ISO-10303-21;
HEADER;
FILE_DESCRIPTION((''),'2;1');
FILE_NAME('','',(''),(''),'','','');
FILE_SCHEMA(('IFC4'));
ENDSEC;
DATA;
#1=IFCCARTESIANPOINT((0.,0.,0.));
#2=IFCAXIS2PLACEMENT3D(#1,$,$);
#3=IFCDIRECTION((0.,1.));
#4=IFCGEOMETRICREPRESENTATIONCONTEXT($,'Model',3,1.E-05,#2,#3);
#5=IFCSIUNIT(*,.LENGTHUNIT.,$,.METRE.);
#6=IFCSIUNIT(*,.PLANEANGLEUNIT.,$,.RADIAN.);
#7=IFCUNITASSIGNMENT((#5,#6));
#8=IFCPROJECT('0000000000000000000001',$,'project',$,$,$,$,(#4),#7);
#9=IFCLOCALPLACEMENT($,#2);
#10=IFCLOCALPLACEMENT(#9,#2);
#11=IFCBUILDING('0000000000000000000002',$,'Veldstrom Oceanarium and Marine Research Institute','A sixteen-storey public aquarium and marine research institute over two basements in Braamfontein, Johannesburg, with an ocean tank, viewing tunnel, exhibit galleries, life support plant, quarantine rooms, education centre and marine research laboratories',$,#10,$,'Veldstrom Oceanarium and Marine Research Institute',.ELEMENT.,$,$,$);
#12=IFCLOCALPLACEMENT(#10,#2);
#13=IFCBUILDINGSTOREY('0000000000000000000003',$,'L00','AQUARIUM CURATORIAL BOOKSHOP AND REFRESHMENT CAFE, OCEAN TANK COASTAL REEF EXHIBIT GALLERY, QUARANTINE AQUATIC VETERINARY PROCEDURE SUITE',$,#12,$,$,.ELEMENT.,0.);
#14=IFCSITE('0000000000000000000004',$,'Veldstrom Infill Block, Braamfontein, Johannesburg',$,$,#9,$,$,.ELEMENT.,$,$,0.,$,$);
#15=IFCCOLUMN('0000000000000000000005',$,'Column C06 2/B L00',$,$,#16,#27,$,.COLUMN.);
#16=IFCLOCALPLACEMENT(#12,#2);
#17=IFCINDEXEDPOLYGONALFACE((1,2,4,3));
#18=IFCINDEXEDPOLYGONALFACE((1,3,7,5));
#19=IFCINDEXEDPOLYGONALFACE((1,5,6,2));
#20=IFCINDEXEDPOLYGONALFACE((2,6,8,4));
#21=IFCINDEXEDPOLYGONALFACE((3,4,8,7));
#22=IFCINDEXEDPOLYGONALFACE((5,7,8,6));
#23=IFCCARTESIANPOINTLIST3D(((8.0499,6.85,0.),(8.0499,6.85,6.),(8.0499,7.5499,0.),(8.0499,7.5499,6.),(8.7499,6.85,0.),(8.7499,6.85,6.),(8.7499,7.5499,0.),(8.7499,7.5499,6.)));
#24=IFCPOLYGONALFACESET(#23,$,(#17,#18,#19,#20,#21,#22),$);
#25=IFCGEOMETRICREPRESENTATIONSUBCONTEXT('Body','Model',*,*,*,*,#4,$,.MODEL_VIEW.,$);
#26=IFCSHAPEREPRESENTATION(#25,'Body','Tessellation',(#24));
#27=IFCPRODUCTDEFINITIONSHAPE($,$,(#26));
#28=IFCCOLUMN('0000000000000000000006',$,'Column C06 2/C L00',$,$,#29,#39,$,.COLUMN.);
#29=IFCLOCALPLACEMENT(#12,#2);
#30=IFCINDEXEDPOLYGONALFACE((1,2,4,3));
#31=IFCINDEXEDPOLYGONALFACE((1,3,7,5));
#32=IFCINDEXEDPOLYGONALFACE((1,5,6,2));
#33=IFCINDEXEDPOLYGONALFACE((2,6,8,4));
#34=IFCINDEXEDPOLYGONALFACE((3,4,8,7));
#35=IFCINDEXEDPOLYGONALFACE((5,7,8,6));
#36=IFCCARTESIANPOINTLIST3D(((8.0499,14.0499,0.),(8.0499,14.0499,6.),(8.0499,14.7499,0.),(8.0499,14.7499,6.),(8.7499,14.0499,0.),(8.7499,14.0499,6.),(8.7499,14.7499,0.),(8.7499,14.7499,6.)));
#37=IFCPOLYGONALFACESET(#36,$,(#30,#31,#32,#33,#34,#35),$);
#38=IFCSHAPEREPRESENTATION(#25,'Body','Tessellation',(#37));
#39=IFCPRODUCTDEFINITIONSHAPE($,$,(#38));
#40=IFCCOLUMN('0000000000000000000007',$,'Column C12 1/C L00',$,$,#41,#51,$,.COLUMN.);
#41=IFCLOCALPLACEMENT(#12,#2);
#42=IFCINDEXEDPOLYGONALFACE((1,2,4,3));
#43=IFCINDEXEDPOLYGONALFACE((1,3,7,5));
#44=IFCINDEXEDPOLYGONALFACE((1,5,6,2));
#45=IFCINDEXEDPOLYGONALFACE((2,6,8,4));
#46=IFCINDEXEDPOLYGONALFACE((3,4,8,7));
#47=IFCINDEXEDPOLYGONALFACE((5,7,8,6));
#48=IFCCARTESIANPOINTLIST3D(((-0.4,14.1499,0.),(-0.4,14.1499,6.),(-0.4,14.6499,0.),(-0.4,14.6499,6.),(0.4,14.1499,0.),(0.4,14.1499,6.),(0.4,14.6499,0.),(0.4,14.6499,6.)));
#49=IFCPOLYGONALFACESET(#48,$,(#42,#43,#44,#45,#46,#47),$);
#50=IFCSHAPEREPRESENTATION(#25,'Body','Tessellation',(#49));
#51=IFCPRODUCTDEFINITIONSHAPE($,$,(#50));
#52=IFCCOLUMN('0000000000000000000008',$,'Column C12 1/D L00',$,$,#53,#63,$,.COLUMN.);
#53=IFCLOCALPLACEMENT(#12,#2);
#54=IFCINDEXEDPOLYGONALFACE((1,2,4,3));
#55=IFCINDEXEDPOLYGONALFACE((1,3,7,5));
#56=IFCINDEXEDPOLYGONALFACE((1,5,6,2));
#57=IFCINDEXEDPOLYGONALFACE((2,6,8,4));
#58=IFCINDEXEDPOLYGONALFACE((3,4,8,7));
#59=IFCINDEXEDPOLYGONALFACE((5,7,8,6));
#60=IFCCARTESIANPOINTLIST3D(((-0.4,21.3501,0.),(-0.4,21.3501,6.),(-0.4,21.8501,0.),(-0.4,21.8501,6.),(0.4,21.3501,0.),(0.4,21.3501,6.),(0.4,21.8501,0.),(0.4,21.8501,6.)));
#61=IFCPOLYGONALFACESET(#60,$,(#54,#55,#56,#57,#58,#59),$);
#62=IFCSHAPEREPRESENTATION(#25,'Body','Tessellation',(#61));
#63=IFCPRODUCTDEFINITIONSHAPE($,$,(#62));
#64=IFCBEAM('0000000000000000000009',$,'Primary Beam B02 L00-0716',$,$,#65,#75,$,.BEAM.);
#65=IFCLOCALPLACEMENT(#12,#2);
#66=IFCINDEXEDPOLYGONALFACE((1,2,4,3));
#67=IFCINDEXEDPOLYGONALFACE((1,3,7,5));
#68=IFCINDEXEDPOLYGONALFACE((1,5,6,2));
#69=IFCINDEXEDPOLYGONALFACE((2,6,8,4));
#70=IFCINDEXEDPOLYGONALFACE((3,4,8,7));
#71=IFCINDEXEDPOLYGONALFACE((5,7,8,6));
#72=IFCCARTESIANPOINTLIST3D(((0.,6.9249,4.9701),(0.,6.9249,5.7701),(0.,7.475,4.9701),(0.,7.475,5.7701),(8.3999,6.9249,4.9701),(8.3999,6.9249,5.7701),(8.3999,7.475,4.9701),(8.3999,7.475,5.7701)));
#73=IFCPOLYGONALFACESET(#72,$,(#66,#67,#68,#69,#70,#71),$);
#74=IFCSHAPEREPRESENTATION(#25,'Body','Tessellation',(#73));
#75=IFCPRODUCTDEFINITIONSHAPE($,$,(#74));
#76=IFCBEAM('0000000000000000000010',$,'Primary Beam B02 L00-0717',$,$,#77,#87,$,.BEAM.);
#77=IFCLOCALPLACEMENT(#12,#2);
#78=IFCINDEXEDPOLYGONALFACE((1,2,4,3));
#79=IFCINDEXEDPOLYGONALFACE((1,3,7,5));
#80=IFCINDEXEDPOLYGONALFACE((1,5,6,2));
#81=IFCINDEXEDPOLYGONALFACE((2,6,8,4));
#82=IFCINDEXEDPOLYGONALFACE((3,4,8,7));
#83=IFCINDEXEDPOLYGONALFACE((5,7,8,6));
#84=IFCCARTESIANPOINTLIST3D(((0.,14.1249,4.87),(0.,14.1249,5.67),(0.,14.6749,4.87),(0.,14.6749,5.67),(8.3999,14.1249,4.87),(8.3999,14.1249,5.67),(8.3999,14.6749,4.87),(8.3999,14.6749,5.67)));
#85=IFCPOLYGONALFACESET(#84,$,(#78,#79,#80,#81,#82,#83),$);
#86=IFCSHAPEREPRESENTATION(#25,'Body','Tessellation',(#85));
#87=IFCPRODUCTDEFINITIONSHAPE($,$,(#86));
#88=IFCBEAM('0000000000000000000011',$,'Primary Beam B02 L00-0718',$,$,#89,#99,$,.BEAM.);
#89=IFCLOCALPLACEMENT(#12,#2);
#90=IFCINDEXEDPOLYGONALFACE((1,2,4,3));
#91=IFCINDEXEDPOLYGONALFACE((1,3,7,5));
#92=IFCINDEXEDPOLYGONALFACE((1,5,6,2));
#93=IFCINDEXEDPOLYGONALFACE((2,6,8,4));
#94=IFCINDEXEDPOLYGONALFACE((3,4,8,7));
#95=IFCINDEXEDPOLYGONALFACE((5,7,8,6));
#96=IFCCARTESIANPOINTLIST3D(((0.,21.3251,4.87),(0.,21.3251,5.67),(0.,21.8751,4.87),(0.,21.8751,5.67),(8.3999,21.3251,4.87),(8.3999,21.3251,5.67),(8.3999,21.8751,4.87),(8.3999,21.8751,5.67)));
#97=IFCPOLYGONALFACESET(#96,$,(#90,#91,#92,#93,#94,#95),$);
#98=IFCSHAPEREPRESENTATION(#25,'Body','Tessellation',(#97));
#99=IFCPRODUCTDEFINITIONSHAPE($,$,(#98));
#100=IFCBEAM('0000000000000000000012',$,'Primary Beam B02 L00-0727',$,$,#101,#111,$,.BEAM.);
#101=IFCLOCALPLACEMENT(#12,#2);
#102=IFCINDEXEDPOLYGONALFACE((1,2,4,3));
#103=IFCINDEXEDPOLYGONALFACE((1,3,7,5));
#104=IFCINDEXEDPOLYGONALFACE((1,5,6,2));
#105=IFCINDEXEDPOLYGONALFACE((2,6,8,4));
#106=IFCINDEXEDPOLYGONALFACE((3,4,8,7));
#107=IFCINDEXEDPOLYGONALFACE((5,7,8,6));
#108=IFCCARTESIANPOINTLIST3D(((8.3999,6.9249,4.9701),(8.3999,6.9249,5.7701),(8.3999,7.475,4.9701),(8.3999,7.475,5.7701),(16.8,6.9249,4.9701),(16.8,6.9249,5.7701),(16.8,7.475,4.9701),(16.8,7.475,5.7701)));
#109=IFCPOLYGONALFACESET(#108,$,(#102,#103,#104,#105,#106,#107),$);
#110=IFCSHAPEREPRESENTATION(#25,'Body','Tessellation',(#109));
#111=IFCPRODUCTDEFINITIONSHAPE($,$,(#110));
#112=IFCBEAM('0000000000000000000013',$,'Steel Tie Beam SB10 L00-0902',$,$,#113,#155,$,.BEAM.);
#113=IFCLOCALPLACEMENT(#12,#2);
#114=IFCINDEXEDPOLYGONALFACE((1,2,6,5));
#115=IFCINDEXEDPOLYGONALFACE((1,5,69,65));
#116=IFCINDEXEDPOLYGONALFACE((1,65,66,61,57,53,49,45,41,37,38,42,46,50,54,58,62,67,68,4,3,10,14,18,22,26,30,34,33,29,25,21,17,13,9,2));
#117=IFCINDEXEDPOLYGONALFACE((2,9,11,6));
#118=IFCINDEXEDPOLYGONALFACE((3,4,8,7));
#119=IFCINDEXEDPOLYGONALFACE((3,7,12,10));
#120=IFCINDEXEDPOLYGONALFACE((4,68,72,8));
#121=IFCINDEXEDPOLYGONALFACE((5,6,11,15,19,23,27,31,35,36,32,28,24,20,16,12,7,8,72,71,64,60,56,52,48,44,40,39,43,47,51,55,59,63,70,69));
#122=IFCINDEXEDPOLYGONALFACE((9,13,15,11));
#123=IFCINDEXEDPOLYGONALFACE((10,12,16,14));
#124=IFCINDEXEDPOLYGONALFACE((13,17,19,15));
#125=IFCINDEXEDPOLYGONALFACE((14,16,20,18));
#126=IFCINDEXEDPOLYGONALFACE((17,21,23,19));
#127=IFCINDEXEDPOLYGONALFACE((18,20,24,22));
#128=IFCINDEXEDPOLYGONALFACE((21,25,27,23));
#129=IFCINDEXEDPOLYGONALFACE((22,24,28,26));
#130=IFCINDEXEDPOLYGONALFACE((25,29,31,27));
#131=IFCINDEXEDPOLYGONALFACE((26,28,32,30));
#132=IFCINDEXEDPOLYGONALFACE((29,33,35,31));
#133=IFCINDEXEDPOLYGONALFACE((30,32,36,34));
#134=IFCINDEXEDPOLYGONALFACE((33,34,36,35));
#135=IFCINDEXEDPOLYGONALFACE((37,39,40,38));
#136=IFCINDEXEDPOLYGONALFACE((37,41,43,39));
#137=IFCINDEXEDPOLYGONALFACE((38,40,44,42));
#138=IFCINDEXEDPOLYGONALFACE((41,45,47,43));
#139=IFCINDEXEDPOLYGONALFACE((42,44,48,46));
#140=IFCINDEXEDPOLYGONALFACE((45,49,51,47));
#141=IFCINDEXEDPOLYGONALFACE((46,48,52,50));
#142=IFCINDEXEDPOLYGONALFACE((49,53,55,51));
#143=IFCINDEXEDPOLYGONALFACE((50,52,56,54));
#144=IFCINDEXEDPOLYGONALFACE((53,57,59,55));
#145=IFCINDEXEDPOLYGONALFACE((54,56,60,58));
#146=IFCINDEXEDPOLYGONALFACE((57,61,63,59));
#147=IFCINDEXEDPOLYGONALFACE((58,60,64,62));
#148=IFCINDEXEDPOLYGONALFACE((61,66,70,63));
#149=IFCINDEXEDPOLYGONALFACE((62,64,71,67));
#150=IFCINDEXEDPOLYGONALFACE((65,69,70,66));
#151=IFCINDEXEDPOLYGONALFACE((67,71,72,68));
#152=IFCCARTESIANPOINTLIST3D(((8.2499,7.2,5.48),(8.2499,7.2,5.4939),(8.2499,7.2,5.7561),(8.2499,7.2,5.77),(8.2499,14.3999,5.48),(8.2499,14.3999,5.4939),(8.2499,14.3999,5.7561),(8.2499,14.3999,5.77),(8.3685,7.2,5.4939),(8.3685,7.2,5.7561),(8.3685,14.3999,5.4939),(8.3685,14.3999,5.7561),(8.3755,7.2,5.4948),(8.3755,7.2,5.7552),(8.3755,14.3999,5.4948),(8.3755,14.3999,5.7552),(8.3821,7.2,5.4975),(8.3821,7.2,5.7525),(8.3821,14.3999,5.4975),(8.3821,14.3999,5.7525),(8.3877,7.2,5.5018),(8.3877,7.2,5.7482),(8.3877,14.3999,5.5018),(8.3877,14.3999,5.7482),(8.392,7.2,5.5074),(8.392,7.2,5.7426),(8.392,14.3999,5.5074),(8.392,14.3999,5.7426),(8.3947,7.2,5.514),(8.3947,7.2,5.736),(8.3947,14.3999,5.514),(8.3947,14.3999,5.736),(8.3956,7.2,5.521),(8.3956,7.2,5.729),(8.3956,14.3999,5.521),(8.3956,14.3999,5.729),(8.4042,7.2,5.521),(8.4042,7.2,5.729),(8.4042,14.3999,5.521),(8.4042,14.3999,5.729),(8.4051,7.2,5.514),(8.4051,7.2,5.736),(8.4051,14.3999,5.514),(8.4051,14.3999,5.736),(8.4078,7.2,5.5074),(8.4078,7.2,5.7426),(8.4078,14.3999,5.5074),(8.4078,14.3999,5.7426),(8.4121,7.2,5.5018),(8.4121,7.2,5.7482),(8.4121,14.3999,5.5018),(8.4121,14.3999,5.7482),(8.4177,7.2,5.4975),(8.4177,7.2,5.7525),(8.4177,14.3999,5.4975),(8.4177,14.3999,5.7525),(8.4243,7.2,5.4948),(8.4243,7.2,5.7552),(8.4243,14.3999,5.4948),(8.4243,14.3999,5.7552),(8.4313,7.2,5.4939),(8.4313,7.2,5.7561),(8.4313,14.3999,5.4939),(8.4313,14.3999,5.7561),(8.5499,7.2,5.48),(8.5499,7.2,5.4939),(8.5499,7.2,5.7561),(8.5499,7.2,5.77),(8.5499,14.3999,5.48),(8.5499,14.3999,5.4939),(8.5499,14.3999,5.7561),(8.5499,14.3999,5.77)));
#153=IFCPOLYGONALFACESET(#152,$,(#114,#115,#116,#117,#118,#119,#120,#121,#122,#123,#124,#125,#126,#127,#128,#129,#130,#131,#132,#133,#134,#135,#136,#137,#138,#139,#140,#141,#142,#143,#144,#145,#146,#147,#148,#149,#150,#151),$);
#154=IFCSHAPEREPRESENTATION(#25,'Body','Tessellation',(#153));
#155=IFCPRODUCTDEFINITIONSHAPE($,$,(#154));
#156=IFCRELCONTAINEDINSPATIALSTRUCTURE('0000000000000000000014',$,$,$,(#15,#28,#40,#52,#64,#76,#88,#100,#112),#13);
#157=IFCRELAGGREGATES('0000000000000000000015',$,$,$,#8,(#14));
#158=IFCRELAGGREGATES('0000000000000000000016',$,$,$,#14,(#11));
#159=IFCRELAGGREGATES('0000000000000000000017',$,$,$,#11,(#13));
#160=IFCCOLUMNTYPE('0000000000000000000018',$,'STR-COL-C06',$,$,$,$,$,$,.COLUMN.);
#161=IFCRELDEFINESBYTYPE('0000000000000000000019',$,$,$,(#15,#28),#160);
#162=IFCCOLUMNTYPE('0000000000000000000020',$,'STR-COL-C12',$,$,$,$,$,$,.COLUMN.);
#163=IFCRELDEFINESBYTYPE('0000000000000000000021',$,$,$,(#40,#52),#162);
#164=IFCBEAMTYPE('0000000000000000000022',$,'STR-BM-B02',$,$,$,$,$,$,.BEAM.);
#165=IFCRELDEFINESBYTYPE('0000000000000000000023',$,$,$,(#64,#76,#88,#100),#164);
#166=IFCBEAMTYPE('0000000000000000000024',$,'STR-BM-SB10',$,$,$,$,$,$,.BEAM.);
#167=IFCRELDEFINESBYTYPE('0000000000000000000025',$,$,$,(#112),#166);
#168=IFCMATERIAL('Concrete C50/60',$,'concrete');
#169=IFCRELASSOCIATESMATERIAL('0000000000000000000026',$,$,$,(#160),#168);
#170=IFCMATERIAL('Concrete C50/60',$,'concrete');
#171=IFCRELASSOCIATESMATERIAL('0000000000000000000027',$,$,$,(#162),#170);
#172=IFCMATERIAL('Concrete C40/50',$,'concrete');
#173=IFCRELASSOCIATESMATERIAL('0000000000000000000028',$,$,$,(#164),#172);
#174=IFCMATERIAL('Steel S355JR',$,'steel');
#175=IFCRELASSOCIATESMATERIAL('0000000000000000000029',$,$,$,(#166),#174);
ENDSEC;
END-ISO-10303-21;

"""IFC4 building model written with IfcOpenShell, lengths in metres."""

from ifc_helpers import new_model, si_unit, direction, frame, origin, origin_2d, place, context, subcontext, project, spatial, rectangle, i_section, extrude, material, material_profile, profile_set, type_object, element, save


model = new_model("IFC4")

# Units and contexts
model_context = context("Model", 3, precision=1e-05, world=origin(), true_north=direction((0.0, 1.0)))
body_context = subcontext(model_context, "Body", "Model", "MODEL_VIEW")
ifc_project = project(units=[si_unit("LENGTHUNIT", "METRE"), si_unit("PLANEANGLEUNIT", "RADIAN")], contexts=[model_context])

# Site, building, storey
site_placement = place(None, origin())
site = spatial("IfcSite", under=ifc_project, at=site_placement, Name="Veldstrom Infill Block, Braamfontein, Johannesburg", CompositionType="ELEMENT", RefElevation=0.0)
building_placement = place(site_placement, origin())
building = spatial("IfcBuilding", under=site, at=building_placement, Name="Veldstrom Oceanarium and Marine Research Institute", Description="A sixteen-storey public aquarium and marine research institute over two basements in Braamfontein, Johannesburg, with an ocean tank, viewing tunnel, exhibit galleries, life support plant, quarantine rooms, education centre and marine research laboratories", LongName="Veldstrom Oceanarium and Marine Research Institute", CompositionType="ELEMENT")
storey_placement = place(building_placement, origin())
storey = spatial("IfcBuildingStorey", under=building, at=storey_placement, Name="L00", Description="AQUARIUM CURATORIAL BOOKSHOP AND REFRESHMENT CAFE, OCEAN TANK COASTAL REEF EXHIBIT GALLERY, QUARANTINE AQUATIC VETERINARY PROCEDURE SUITE", CompositionType="ELEMENT", Elevation=0.0)

# Columns
ifc_material_1 = material(Name="Concrete C50/60", Category="concrete")
ifc_material_profile_1 = material_profile(ifc_material_1, rectangle(XDim=0.7, YDim=0.7, at=origin_2d()), Name="RC-COL-700x700")
ifc_profile_set_1 = profile_set([ifc_material_profile_1], Name="Concrete C50/60")
column_type_1 = type_object("IfcColumnType", Name="STR-COL-C06", PredefinedType="COLUMN", material=ifc_profile_set_1)
for number, where, z_axis, x_axis, name in (
    (1, (8.3999, 7.2, 0.0), (0.0, 0.0, 1.0), (1.0, 0.0, 0.0), "Column C06 2/B L00"),
    (2, (8.3999, 14.3999, 0.0), (0.0, 0.0, 1.0), (1.0, 0.0, 0.0), "Column C06 2/C L00"),
):
    element("IfcColumn", number, at=place(storey_placement, frame(where, z_axis=z_axis, x_axis=x_axis)), inside=storey, type_object=column_type_1, Name=name, PredefinedType="COLUMN", context=body_context, shape_type="SweptSolid", body=[
        extrude(rectangle(XDim=0.7, YDim=0.7, at=origin_2d()), origin(), (0.0, 0.0, 1.0), 6.0),
    ])
ifc_material_2 = material(Name="Concrete C50/60", Category="concrete")
ifc_material_profile_2 = material_profile(ifc_material_2, rectangle(XDim=0.5, YDim=0.8, at=origin_2d()), Name="RC-COL-800x500")
ifc_profile_set_2 = profile_set([ifc_material_profile_2], Name="Concrete C50/60")
column_type_2 = type_object("IfcColumnType", Name="STR-COL-C12", PredefinedType="COLUMN", material=ifc_profile_set_2)
for number, where, z_axis, x_axis, name in (
    (3, (0.0, 14.3999, 0.0), (0.0, 0.0, 1.0), (0.0, 1.0, 0.0), "Column C12 1/C L00"),
    (4, (0.0, 21.6001, 0.0), (0.0, 0.0, 1.0), (0.0, 1.0, 0.0), "Column C12 1/D L00"),
):
    element("IfcColumn", number, at=place(storey_placement, frame(where, z_axis=z_axis, x_axis=x_axis)), inside=storey, type_object=column_type_2, Name=name, PredefinedType="COLUMN", context=body_context, shape_type="SweptSolid", body=[
        extrude(rectangle(XDim=0.5, YDim=0.8, at=origin_2d()), origin(), (0.0, 0.0, 1.0), 6.0),
    ])

# Beams
ifc_material_3 = material(Name="Concrete C40/50", Category="concrete")
ifc_material_profile_3 = material_profile(ifc_material_3, rectangle(XDim=0.55, YDim=0.8, at=origin_2d()), Name="RC-BM-550x800")
ifc_profile_set_3 = profile_set([ifc_material_profile_3], Name="Concrete C40/50")
beam_type_1 = type_object("IfcBeamType", Name="STR-BM-B02", PredefinedType="BEAM", material=ifc_profile_set_3)
for number, where, z_axis, x_axis, name in (
    (5, (0.0, 7.2, 5.3701), (1.0, 0.0, 0.0), (0.0, 1.0, 0.0), "Primary Beam B02 L00-0716"),
    (6, (0.0, 14.3999, 5.27), (1.0, 0.0, 0.0), (0.0, 1.0, 0.0), "Primary Beam B02 L00-0717"),
    (7, (0.0, 21.6001, 5.27), (1.0, 0.0, 0.0), (0.0, 1.0, 0.0), "Primary Beam B02 L00-0718"),
):
    element("IfcBeam", number, at=place(storey_placement, frame(where, z_axis=z_axis, x_axis=x_axis)), inside=storey, type_object=beam_type_1, Name=name, PredefinedType="BEAM", context=body_context, shape_type="SweptSolid", body=[
        extrude(rectangle(XDim=0.55, YDim=0.8, at=origin_2d()), origin(), (0.0, 0.0, 1.0), 8.3999),
    ])
beam_1_placement = place(storey_placement, frame((8.3999, 7.2, 5.3701), z_axis=(1.0, 0.0, 0.0), x_axis=(0.0, 1.0, 0.0)))
element("IfcBeam", 8, at=beam_1_placement, inside=storey, type_object=beam_type_1, Name="Primary Beam B02 L00-0727", PredefinedType="BEAM", context=body_context, shape_type="SweptSolid", body=[
    extrude(rectangle(XDim=0.55, YDim=0.8, at=origin_2d()), origin(), (0.0, 0.0, 1.0), 8.4001),
])
ifc_material_4 = material(Name="Steel S355JR", Category="steel")
ifc_material_profile_4 = material_profile(ifc_material_4, i_section(OverallWidth=0.3, OverallDepth=0.29, WebThickness=0.0085, FlangeThickness=0.0139, FilletRadius=0.0271, at=origin_2d()), Name="HEA 300")
ifc_profile_set_4 = profile_set([ifc_material_profile_4], Name="Steel S355JR")
beam_type_2 = type_object("IfcBeamType", Name="STR-BM-SB10", PredefinedType="BEAM", material=ifc_profile_set_4)
beam_2_placement = place(storey_placement, frame((8.3999, 7.2, 5.625), z_axis=(0.0, 1.0, 0.0), x_axis=(-1.0, 0.0, 0.0)))
element("IfcBeam", 9, at=beam_2_placement, inside=storey, type_object=beam_type_2, Name="Steel Tie Beam SB10 L00-0902", PredefinedType="BEAM", context=body_context, shape_type="SweptSolid", body=[
    extrude(i_section(OverallWidth=0.3, OverallDepth=0.29, WebThickness=0.0085, FlangeThickness=0.0139, FilletRadius=0.0271, at=origin_2d()), origin(), (0.0, 0.0, 1.0), 7.2),
])

save(model, "model.ifc")
